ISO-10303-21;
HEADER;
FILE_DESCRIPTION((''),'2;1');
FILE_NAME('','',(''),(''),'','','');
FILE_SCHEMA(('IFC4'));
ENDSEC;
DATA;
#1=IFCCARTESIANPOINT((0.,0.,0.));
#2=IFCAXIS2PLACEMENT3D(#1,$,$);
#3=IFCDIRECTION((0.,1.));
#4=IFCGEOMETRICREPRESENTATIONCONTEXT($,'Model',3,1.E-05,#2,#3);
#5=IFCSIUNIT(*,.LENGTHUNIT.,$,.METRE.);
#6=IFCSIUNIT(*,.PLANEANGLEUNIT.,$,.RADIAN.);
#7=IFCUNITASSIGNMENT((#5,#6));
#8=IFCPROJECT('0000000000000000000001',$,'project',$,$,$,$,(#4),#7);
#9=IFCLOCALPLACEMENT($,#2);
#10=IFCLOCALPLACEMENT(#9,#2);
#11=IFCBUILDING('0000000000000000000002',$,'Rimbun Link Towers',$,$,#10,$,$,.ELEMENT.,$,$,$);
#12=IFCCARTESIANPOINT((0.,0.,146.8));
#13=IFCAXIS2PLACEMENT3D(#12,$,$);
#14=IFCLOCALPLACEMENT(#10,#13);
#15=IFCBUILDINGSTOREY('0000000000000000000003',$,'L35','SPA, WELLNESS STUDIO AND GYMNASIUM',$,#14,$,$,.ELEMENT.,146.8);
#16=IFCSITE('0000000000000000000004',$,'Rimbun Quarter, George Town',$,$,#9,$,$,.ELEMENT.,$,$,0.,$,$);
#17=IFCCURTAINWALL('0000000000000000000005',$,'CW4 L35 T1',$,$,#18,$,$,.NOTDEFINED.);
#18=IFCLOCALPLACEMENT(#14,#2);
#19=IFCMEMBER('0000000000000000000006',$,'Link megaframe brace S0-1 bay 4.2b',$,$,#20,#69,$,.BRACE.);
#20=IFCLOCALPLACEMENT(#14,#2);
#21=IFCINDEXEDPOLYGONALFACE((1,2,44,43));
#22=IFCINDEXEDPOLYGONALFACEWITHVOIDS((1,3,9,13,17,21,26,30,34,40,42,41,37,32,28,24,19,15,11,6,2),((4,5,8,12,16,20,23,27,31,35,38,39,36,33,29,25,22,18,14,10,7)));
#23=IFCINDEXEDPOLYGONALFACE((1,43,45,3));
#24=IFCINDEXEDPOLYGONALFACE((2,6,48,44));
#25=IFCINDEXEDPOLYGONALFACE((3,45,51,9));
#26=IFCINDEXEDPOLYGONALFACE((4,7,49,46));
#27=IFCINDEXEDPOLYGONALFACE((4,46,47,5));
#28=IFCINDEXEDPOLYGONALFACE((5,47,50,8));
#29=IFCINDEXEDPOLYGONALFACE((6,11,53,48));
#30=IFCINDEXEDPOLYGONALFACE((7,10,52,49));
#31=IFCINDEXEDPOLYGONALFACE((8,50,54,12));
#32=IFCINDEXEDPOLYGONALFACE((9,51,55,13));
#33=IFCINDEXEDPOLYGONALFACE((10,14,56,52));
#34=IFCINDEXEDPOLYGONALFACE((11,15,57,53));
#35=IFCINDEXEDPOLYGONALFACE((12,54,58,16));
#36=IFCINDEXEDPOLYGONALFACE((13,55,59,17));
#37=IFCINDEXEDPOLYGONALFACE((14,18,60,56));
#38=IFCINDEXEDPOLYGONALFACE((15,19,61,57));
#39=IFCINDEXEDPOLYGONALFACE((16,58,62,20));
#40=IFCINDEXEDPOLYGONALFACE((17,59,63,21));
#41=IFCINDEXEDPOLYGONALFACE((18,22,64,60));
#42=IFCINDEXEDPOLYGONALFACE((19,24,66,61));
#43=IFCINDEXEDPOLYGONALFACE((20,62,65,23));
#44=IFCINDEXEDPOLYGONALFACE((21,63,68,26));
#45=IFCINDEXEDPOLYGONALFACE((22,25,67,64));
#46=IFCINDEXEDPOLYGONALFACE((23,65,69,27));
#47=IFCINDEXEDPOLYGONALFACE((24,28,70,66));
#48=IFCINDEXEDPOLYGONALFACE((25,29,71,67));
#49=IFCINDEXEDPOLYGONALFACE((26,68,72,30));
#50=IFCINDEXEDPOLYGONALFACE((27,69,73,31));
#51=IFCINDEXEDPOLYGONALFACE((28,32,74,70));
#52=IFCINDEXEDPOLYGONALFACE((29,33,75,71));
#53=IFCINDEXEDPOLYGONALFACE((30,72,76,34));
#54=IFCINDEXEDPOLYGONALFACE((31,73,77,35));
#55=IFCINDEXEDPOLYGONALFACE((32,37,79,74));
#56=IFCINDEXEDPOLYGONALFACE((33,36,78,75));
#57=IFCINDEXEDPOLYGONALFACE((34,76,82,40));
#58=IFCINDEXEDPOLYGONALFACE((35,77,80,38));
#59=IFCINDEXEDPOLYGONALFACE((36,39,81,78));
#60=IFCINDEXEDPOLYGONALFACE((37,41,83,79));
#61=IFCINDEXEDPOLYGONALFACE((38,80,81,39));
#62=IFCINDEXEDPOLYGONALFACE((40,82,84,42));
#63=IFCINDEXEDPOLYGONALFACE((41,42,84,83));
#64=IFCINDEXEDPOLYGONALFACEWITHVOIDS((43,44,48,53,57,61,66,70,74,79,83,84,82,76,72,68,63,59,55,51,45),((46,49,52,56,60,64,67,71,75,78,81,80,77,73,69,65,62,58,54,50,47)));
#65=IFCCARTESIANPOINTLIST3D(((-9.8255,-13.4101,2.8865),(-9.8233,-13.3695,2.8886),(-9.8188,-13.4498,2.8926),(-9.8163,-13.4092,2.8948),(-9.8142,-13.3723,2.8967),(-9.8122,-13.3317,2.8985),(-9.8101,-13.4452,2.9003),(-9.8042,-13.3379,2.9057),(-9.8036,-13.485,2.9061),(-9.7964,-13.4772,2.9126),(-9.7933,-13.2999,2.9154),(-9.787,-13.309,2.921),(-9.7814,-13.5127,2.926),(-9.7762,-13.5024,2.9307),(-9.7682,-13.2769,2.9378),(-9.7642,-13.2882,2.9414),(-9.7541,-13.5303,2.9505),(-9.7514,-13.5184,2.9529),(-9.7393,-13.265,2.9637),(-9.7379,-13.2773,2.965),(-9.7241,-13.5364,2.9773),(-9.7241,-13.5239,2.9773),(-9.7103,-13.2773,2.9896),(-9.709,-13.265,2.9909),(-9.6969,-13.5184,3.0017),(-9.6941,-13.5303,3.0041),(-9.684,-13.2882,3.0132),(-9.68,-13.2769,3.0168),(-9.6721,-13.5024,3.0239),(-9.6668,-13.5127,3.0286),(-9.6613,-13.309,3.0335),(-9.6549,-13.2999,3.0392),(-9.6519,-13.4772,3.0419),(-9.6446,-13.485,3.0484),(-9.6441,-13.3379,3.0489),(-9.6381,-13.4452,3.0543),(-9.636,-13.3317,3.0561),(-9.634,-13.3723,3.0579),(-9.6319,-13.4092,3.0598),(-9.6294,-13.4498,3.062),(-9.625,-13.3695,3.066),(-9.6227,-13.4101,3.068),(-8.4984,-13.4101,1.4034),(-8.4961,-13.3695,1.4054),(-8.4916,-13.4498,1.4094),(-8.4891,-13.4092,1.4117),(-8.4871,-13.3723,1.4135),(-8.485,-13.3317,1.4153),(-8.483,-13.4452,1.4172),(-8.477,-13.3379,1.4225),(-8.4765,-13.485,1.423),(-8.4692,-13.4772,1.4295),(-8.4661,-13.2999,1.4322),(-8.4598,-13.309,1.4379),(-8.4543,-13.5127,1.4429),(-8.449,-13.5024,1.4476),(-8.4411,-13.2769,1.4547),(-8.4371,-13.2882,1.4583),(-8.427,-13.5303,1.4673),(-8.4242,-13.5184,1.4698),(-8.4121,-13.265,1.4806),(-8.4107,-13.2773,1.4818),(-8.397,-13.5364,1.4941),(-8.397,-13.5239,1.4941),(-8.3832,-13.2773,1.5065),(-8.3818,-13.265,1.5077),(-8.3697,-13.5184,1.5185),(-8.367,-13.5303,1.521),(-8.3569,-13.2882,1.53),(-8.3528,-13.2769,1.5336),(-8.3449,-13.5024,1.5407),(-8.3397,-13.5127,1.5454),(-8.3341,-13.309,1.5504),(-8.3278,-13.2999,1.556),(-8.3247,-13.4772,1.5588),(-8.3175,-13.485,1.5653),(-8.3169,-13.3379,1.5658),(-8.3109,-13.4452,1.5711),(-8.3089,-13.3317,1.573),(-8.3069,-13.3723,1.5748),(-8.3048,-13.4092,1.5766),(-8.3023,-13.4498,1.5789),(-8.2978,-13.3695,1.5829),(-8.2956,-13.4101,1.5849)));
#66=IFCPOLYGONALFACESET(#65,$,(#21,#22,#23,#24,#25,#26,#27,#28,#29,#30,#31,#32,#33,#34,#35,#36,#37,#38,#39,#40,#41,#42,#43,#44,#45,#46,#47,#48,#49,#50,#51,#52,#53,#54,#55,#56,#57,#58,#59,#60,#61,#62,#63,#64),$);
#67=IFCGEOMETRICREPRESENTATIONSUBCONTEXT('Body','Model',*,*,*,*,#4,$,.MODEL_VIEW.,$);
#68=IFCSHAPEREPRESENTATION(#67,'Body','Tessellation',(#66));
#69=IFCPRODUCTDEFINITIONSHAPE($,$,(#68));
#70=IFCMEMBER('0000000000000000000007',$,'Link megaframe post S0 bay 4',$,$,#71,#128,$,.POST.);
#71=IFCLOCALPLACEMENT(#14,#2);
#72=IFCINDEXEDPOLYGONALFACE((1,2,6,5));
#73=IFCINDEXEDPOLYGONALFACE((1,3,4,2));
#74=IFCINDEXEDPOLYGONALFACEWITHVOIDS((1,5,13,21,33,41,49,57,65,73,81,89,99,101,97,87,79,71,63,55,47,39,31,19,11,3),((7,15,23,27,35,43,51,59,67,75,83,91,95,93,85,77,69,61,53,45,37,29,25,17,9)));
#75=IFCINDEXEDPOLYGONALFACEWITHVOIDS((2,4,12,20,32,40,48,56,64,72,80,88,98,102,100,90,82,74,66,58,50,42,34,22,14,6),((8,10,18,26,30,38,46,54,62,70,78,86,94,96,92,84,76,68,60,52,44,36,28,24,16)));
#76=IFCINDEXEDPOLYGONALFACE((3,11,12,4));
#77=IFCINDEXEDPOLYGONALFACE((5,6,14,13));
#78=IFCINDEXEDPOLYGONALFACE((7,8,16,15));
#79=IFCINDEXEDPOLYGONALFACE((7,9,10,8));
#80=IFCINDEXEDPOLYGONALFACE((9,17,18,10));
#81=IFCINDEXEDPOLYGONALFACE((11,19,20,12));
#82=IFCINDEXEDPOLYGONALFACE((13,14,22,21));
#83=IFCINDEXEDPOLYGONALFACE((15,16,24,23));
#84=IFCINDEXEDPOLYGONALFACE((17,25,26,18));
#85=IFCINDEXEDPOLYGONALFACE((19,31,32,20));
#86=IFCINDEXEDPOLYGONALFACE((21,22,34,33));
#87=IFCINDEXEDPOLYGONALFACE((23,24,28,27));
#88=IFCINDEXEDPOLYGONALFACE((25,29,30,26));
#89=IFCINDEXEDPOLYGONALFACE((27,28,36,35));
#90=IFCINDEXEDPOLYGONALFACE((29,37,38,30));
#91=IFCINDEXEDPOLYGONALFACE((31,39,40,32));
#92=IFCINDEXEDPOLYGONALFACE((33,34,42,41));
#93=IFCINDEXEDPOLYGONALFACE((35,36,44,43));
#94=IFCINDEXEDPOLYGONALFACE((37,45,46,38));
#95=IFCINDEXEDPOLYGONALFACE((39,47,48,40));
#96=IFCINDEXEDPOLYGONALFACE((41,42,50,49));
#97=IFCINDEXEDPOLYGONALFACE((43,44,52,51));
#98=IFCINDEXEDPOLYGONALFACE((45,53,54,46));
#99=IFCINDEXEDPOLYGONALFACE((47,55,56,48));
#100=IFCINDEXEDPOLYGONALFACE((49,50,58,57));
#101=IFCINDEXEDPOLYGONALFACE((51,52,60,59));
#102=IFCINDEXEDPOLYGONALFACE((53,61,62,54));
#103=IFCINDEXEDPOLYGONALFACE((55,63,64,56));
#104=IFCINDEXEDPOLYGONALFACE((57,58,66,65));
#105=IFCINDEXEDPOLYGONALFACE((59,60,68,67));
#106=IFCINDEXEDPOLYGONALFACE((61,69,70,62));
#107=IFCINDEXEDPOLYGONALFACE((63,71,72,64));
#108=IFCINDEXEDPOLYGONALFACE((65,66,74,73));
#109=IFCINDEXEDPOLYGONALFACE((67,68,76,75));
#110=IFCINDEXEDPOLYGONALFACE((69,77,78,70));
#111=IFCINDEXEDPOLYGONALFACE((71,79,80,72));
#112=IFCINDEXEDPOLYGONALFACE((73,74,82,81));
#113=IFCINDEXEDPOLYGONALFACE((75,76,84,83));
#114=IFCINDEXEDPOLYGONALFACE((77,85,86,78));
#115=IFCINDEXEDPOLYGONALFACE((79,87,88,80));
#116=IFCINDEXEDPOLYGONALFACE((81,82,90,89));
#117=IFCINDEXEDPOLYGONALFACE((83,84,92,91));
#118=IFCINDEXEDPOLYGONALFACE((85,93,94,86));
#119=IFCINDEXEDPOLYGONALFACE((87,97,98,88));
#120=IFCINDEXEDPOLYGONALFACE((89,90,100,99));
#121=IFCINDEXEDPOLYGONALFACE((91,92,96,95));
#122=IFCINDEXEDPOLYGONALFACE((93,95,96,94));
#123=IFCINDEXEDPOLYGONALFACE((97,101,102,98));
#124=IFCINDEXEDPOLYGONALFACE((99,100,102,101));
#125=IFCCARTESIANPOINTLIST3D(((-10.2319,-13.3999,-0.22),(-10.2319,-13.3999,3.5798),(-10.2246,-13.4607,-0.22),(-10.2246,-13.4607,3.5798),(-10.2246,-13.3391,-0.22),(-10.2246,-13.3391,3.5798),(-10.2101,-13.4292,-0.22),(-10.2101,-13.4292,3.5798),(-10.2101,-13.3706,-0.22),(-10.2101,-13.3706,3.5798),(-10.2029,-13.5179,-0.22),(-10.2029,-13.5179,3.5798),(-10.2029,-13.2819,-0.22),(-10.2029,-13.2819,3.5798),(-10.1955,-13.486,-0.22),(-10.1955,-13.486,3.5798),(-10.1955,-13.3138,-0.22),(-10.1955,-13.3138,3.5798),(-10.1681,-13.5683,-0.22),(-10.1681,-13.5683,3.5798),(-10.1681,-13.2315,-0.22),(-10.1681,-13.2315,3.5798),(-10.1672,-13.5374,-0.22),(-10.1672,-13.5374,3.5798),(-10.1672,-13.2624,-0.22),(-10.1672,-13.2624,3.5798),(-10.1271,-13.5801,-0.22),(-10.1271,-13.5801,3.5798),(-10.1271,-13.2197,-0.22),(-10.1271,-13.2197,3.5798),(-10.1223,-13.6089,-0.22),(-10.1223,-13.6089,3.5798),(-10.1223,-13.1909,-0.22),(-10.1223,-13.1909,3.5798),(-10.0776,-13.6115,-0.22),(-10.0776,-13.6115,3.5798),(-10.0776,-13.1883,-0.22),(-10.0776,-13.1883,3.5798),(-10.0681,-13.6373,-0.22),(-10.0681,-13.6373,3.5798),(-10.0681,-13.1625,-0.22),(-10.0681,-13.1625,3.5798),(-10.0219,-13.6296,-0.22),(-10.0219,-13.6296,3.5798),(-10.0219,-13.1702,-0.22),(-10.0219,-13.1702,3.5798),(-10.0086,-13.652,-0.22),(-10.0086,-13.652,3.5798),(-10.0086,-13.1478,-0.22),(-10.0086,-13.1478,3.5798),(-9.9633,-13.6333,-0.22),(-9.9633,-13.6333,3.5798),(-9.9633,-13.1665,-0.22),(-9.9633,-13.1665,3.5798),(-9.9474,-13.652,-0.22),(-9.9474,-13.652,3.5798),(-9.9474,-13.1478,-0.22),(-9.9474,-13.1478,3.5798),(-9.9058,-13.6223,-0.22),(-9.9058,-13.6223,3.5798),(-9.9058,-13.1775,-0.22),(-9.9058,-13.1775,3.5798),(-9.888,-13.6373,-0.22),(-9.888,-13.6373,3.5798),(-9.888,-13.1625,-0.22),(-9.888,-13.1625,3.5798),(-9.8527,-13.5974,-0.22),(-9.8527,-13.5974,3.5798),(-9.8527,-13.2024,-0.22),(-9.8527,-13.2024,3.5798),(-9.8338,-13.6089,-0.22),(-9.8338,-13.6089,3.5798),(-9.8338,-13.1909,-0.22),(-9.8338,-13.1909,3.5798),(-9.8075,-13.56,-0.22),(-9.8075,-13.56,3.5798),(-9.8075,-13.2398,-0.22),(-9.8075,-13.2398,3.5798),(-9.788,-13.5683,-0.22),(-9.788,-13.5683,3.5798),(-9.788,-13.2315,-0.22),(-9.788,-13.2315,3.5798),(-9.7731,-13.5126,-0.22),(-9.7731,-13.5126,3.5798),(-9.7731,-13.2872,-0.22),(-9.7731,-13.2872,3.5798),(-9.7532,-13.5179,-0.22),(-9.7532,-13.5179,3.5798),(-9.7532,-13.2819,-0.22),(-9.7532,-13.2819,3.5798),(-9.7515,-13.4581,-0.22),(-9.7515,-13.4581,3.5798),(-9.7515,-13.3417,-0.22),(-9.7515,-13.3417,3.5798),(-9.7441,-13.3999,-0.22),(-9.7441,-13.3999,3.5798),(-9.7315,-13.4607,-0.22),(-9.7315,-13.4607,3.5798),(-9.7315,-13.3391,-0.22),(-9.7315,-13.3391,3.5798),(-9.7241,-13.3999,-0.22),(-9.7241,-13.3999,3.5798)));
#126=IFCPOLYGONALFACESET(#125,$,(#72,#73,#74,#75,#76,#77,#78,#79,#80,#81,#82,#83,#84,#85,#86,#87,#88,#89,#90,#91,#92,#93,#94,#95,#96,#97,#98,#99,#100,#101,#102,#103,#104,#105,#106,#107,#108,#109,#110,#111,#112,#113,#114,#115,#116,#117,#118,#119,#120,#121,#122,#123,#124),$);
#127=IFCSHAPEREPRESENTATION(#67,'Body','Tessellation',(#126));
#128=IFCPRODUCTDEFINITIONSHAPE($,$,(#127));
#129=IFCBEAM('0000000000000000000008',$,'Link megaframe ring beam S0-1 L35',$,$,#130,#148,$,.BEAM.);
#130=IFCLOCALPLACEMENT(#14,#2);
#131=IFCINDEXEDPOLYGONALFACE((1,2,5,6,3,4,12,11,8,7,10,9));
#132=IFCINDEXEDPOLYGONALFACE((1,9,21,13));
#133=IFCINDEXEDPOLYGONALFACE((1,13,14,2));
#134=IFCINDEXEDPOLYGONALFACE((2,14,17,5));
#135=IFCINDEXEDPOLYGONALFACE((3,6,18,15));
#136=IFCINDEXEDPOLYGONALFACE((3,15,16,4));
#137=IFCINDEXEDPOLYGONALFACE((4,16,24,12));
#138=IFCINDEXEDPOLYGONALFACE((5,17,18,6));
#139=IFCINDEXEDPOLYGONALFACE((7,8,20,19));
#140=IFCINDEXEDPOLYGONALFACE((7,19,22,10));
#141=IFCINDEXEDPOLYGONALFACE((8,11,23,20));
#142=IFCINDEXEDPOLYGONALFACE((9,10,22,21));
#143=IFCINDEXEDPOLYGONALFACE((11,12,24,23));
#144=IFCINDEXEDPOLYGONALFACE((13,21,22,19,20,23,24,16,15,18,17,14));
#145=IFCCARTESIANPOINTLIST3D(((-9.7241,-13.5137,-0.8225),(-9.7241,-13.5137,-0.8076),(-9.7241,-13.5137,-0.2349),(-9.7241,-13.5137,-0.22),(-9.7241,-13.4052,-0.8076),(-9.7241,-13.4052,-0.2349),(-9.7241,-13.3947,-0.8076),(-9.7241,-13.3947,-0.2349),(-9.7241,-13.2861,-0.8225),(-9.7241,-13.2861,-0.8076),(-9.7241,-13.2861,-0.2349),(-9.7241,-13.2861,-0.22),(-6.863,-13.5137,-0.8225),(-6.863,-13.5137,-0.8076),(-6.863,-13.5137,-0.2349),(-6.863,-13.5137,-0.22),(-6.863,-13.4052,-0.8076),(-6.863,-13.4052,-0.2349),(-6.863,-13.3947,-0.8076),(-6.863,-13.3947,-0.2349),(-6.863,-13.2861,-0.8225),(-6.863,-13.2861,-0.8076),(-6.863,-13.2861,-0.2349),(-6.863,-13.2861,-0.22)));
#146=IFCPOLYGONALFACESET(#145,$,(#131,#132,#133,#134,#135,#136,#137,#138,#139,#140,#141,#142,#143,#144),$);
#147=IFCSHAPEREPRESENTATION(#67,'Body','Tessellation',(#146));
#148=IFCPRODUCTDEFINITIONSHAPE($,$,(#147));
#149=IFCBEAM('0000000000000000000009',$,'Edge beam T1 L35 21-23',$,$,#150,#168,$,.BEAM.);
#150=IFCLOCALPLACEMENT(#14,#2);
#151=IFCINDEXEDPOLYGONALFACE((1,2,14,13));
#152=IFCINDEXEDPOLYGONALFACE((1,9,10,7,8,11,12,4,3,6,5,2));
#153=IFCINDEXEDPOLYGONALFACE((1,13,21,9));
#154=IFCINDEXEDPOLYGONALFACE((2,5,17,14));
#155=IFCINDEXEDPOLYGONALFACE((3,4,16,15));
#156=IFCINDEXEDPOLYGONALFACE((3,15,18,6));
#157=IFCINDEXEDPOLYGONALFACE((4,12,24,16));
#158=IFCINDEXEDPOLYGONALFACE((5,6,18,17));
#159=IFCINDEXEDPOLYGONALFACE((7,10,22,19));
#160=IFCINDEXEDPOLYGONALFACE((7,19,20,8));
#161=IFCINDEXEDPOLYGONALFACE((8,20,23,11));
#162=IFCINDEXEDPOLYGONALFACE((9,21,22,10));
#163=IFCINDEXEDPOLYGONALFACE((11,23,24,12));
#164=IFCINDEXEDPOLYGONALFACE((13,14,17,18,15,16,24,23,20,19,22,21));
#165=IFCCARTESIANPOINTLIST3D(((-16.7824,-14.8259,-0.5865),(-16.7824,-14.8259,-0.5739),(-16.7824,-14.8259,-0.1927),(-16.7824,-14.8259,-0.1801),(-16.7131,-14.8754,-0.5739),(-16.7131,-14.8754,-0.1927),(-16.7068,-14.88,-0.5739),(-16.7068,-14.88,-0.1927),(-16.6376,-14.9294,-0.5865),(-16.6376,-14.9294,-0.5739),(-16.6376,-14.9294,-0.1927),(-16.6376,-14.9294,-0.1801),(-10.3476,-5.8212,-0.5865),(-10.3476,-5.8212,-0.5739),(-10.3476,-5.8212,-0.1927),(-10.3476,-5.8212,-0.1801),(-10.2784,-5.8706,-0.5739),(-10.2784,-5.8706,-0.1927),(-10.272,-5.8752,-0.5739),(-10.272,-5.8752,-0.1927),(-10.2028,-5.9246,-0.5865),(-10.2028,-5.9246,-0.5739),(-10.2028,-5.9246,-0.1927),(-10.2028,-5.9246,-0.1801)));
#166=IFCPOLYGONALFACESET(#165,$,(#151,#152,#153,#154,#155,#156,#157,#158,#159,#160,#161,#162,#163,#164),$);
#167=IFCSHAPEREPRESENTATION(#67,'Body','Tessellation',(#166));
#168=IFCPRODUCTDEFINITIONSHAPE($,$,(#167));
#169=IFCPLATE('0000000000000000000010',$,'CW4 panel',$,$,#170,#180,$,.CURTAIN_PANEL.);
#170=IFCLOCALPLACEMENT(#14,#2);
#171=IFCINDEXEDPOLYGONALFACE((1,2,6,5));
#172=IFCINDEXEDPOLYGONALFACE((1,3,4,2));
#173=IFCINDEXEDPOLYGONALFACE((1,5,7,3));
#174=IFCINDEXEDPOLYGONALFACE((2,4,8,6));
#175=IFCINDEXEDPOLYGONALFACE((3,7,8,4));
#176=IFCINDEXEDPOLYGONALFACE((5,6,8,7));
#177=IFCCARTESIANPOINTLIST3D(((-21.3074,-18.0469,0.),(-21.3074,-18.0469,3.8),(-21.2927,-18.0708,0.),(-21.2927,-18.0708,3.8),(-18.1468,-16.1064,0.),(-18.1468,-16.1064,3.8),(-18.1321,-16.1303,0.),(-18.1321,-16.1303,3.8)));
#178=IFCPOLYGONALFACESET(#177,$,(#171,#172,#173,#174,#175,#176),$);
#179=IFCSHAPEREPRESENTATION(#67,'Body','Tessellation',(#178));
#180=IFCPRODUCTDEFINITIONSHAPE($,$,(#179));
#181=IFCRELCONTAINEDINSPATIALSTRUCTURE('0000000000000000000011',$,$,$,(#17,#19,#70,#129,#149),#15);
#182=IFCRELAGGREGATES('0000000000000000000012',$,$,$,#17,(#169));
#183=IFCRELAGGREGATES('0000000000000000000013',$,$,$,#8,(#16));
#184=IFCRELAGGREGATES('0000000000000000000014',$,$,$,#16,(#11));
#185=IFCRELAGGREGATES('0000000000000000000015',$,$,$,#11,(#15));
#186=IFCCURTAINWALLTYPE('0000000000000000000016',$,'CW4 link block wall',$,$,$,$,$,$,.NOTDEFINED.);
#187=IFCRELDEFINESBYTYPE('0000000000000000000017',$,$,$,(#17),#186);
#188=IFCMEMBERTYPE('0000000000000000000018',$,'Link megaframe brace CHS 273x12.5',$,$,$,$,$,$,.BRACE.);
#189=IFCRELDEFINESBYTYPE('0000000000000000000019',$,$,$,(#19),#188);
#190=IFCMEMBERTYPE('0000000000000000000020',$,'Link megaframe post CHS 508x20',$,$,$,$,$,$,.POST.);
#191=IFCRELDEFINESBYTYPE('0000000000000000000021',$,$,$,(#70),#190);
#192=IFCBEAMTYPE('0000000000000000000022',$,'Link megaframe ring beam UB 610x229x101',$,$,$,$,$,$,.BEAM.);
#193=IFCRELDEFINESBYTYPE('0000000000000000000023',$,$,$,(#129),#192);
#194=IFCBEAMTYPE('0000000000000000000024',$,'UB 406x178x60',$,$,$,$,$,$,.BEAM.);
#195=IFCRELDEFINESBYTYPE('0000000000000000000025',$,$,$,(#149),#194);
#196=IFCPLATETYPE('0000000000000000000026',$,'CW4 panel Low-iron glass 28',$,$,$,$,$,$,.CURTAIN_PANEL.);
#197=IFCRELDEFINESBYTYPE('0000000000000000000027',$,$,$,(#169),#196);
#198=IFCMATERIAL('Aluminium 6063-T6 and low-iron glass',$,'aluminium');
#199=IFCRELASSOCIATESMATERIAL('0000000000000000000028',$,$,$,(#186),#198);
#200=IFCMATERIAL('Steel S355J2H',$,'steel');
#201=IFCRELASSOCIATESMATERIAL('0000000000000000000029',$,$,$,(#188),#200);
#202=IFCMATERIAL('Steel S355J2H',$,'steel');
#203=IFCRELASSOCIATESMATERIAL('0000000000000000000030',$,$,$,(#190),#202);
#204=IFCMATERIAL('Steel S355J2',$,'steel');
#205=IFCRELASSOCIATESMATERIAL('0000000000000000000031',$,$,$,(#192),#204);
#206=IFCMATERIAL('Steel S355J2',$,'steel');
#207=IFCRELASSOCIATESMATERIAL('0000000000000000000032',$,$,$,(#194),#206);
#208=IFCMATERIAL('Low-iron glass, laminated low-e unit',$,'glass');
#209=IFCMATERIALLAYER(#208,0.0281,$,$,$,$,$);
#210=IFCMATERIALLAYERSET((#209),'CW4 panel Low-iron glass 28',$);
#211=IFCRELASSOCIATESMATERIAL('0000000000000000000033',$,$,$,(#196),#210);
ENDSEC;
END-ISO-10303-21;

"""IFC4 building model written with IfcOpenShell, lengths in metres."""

from ifc_helpers import new_model, si_unit, direction, frame, origin, origin_2d, place, context, subcontext, project, spatial, rectangle, hollow_circle, i_section, extrude, material, layer, layer_set, material_profile, profile_set, type_object, element, aggregate, save


model = new_model("IFC4")

# Units and contexts
model_context = context("Model", 3, precision=1e-05, world=origin(), true_north=direction((0.0, 1.0)))
body_context = subcontext(model_context, "Body", "Model", "MODEL_VIEW")
ifc_project = project(units=[si_unit("LENGTHUNIT", "METRE"), si_unit("PLANEANGLEUNIT", "RADIAN")], contexts=[model_context])

# Site, building, storey
site_placement = place(None, origin())
site = spatial("IfcSite", under=ifc_project, at=site_placement, Name="Rimbun Quarter, George Town", CompositionType="ELEMENT", RefElevation=0.0)
building_placement = place(site_placement, origin())
building = spatial("IfcBuilding", under=site, at=building_placement, Name="Rimbun Link Towers", CompositionType="ELEMENT")
storey_placement = place(building_placement, frame((0.0, 0.0, 146.8)))
storey = spatial("IfcBuildingStorey", under=building, at=storey_placement, Name="L35", Description="SPA, WELLNESS STUDIO AND GYMNASIUM", CompositionType="ELEMENT", Elevation=146.8)

# Curtain wall
ifc_material_1 = material(Name="Aluminium 6063-T6 and low-iron glass", Category="aluminium")
curtain_wall_type = type_object("IfcCurtainWallType", Name="CW4 link block wall", PredefinedType="NOTDEFINED", material=ifc_material_1)
curtain_wall_placement = place(storey_placement, origin())
curtain_wall = element("IfcCurtainWall", 1, at=curtain_wall_placement, inside=storey, type_object=curtain_wall_type, Name="CW4 L35 T1", PredefinedType="NOTDEFINED")

# Members
ifc_material_2 = material(Name="Steel S355J2H", Category="steel")
ifc_material_profile_1 = material_profile(ifc_material_2, hollow_circle(Radius=0.1365, WallThickness=0.0125, at=origin_2d()), Name="CHS 273x12.5")
ifc_profile_set_1 = profile_set([ifc_material_profile_1], Name="Steel S355J2H")
member_type_1 = type_object("IfcMemberType", Name="Link megaframe brace CHS 273x12.5", PredefinedType="BRACE", material=ifc_profile_set_1)
member_1_placement = place(storey_placement, frame((-8.397, -13.3999, 1.4941), z_axis=(-0.666827, 0.0, 0.745212), x_axis=(0.0, -1.0, 0.0)))
element("IfcMember", 2, at=member_1_placement, inside=storey, type_object=member_type_1, Name="Link megaframe brace S0-1 bay 4.2b", PredefinedType="BRACE", context=body_context, shape_type="SweptSolid", body=[
    extrude(hollow_circle(Radius=0.1365, WallThickness=0.0125, at=origin_2d()), origin(), (0.0, 0.0, 1.0), 1.9902),
])
ifc_material_3 = material(Name="Steel S355J2H", Category="steel")
ifc_material_profile_2 = material_profile(ifc_material_3, hollow_circle(Radius=0.2539, WallThickness=0.02, at=origin_2d()), Name="CHS 508x20")
ifc_profile_set_2 = profile_set([ifc_material_profile_2], Name="Steel S355J2H")
member_type_2 = type_object("IfcMemberType", Name="Link megaframe post CHS 508x20", PredefinedType="POST", material=ifc_profile_set_2)
member_2_placement = place(storey_placement, frame((-9.978, -13.3999, -0.22), z_axis=(0.0, 0.0, 1.0), x_axis=(1.0, 0.0, 0.0)))
element("IfcMember", 3, at=member_2_placement, inside=storey, type_object=member_type_2, Name="Link megaframe post S0 bay 4", PredefinedType="POST", context=body_context, shape_type="SweptSolid", body=[
    extrude(hollow_circle(Radius=0.2539, WallThickness=0.02, at=origin_2d()), origin(), (0.0, 0.0, 1.0), 3.7998),
])

# Beams
ifc_material_4 = material(Name="Steel S355J2", Category="steel")
ifc_material_profile_3 = material_profile(ifc_material_4, i_section(OverallWidth=0.2275, OverallDepth=0.6025, WebThickness=0.0105, FlangeThickness=0.0149, at=origin_2d()), Name="UB 610x229x101")
ifc_profile_set_3 = profile_set([ifc_material_profile_3], Name="Steel S355J2")
beam_type_1 = type_object("IfcBeamType", Name="Link megaframe ring beam UB 610x229x101", PredefinedType="BEAM", material=ifc_profile_set_3)
beam_1_placement = place(storey_placement, frame((-9.7241, -13.3999, -0.5212), z_axis=(1.0, 0.0, 0.0), x_axis=(0.0, 1.0, 0.0)))
element("IfcBeam", 4, at=beam_1_placement, inside=storey, type_object=beam_type_1, Name="Link megaframe ring beam S0-1 L35", PredefinedType="BEAM", context=body_context, shape_type="SweptSolid", body=[
    extrude(i_section(OverallWidth=0.2275, OverallDepth=0.6025, WebThickness=0.0105, FlangeThickness=0.0149, at=origin_2d()), origin(), (0.0, 0.0, 1.0), 2.8611),
])
ifc_material_5 = material(Name="Steel S355J2", Category="steel")
ifc_material_profile_4 = material_profile(ifc_material_5, i_section(OverallWidth=0.178, OverallDepth=0.4065, WebThickness=0.0078, FlangeThickness=0.0127, at=origin_2d()), Name="UB 406x178x60")
ifc_profile_set_4 = profile_set([ifc_material_profile_4], Name="Steel S355J2")
beam_type_2 = type_object("IfcBeamType", Name="UB 406x178x60", PredefinedType="BEAM", material=ifc_profile_set_4)
beam_2_placement = place(storey_placement, frame((-16.71, -14.8777, -0.3833), z_axis=(0.581403, 0.813616, 0.0), x_axis=(-0.813616, 0.581403, 0.0)))
element("IfcBeam", 5, at=beam_2_placement, inside=storey, type_object=beam_type_2, Name="Edge beam T1 L35 21-23", PredefinedType="BEAM", context=body_context, shape_type="SweptSolid", body=[
    extrude(i_section(OverallWidth=0.178, OverallDepth=0.4065, WebThickness=0.0078, FlangeThickness=0.0127, at=origin_2d()), origin(), (0.0, 0.0, 1.0), 11.0676),
])

# Plate
ifc_material_6 = material(Name="Low-iron glass, laminated low-e unit", Category="glass")
ifc_layer_1 = layer(ifc_material_6, 0.0281)
ifc_layer_set_1 = layer_set([ifc_layer_1], Name="CW4 panel Low-iron glass 28")
plate_type = type_object("IfcPlateType", Name="CW4 panel Low-iron glass 28", PredefinedType="CURTAIN_PANEL", material=ifc_layer_set_1)
plate_1_placement = place(storey_placement, frame((-19.7197, -17.0886, 0.0), z_axis=(0.0, 0.0, 1.0), x_axis=(-0.852194, -0.523225, 0.0)))
plate_1 = element("IfcPlate", 6, at=plate_1_placement, type_object=plate_type, Name="CW4 panel", PredefinedType="CURTAIN_PANEL", context=body_context, shape_type="SweptSolid", body=[
    extrude(rectangle(XDim=3.7087, YDim=0.0281, at=origin_2d()), origin(), (0.0, 0.0, 1.0), 3.8),
])
aggregate(curtain_wall, [plate_1])

save(model, "model.ifc")
